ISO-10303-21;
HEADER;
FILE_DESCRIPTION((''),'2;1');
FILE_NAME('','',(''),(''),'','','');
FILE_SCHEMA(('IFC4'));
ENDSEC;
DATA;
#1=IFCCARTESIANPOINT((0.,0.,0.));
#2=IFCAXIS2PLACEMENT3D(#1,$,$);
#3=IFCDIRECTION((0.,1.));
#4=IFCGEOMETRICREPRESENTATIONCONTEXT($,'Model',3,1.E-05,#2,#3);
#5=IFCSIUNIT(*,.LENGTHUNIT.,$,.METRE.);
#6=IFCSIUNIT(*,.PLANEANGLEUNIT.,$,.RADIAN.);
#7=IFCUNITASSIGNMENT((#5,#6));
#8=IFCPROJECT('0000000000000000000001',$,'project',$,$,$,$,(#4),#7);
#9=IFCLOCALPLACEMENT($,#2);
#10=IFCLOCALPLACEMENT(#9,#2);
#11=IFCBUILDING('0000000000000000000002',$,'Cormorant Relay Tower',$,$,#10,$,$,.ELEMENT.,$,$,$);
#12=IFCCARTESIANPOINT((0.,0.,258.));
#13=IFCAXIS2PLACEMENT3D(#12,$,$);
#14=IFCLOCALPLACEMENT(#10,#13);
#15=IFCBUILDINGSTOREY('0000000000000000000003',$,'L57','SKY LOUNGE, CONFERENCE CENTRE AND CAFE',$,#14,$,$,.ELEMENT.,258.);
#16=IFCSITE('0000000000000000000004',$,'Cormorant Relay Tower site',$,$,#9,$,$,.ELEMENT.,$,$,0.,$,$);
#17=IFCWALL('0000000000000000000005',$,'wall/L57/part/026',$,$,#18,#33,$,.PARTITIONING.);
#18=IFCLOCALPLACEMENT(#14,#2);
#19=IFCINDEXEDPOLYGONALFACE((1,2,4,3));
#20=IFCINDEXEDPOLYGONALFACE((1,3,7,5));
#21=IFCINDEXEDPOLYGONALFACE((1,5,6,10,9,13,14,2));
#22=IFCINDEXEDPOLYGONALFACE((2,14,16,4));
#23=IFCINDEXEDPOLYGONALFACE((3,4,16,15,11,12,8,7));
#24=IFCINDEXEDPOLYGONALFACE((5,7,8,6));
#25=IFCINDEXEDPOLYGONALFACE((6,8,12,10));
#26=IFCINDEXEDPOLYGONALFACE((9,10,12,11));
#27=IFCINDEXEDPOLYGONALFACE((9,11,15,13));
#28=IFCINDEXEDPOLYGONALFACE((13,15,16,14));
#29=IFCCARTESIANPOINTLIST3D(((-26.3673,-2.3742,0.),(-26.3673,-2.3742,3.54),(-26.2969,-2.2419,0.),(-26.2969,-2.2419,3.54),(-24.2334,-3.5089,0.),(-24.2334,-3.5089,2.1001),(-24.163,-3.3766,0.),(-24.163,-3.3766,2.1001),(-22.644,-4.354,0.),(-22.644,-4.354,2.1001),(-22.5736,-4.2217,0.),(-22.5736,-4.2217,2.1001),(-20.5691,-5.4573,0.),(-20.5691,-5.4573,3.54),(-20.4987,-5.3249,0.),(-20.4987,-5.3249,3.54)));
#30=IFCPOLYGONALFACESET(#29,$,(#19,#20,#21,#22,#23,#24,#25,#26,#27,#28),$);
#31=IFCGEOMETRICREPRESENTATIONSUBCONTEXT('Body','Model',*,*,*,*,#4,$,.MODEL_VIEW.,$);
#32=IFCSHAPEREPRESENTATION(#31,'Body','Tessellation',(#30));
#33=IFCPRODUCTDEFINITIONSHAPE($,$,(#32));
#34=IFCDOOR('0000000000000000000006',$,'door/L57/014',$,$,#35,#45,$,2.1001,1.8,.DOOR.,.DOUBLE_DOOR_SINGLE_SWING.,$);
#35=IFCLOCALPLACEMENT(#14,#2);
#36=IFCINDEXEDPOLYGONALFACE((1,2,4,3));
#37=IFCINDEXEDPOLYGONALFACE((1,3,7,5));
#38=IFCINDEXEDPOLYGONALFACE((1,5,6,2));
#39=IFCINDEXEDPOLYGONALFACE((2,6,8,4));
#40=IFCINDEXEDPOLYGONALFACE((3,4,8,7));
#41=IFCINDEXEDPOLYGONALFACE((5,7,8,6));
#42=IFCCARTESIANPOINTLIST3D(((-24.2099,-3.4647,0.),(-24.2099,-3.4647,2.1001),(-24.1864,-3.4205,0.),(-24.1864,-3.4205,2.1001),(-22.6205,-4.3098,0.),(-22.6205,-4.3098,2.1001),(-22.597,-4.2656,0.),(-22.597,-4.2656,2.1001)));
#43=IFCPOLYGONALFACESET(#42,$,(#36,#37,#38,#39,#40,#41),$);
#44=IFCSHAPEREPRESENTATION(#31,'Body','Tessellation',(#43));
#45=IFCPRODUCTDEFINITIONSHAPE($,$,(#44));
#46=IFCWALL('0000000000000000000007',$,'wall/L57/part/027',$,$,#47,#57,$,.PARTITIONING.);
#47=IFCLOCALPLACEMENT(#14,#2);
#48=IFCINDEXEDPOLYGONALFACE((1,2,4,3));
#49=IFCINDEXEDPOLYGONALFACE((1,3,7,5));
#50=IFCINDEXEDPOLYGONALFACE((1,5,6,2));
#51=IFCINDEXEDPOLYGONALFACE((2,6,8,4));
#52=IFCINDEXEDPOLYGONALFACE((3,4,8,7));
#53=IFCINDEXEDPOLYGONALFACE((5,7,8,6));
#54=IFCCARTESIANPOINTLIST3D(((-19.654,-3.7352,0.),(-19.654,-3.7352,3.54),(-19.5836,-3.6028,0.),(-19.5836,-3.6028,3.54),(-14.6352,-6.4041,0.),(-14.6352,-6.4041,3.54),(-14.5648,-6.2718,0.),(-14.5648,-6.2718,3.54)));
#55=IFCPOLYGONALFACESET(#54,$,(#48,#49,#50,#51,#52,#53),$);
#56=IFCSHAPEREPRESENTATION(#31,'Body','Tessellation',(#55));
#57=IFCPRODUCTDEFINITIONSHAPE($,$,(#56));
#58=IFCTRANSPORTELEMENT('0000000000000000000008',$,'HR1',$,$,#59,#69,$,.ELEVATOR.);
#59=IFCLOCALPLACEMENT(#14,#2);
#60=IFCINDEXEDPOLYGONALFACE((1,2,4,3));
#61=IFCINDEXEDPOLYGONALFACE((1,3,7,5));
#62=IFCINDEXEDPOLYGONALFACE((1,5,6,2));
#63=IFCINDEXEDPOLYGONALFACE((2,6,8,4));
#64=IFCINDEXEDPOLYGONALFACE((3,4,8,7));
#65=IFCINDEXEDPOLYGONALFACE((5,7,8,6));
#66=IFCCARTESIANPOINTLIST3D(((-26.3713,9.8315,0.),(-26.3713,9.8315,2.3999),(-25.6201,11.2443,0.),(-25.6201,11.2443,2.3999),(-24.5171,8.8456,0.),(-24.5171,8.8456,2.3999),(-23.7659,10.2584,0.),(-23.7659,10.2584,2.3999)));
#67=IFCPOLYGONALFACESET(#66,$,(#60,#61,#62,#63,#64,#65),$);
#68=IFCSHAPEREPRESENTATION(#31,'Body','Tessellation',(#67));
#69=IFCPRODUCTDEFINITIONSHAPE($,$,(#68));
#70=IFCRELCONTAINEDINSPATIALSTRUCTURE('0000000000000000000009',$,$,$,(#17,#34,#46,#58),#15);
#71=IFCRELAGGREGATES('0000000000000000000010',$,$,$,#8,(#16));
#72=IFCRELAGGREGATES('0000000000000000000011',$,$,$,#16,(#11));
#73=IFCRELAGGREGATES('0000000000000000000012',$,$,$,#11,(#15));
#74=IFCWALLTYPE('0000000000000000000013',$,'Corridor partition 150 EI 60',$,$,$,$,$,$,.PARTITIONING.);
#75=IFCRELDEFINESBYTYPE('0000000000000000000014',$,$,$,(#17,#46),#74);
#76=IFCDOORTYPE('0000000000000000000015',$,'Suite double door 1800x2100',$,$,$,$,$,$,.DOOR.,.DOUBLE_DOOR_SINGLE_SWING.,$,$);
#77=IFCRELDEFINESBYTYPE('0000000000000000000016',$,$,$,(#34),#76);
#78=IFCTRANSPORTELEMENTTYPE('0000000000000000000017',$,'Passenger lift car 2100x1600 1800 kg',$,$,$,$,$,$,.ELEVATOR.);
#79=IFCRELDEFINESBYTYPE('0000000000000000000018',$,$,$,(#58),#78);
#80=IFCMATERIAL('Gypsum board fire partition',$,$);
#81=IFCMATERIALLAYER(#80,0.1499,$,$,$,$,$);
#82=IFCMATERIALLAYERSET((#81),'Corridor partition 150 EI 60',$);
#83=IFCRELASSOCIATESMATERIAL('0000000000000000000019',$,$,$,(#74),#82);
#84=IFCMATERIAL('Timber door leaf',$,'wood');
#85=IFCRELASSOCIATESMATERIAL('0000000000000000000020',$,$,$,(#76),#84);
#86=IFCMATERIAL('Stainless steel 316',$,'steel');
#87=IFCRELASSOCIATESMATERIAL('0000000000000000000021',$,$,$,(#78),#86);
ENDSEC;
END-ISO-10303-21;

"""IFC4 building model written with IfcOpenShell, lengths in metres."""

from ifc_helpers import new_model, si_unit, direction, frame, frame_2d, origin, origin_2d, place, context, subcontext, project, spatial, rectangle, extrude, material, layer, layer_set, type_object, element, fill, save


model = new_model("IFC4")

# Units and contexts
model_context = context("Model", 3, precision=1e-05, world=origin(), true_north=direction((0.0, 1.0)))
body_context = subcontext(model_context, "Body", "Model", "MODEL_VIEW")
ifc_project = project(units=[si_unit("LENGTHUNIT", "METRE"), si_unit("PLANEANGLEUNIT", "RADIAN")], contexts=[model_context])

# Site, building, storey
site_placement = place(None, origin())
site = spatial("IfcSite", under=ifc_project, at=site_placement, Name="Cormorant Relay Tower site", CompositionType="ELEMENT", RefElevation=0.0)
building_placement = place(site_placement, origin())
building = spatial("IfcBuilding", under=site, at=building_placement, Name="Cormorant Relay Tower", CompositionType="ELEMENT")
storey_placement = place(building_placement, frame((0.0, 0.0, 258.0)))
storey = spatial("IfcBuildingStorey", under=building, at=storey_placement, Name="L57", Description="SKY LOUNGE, CONFERENCE CENTRE AND CAFE", CompositionType="ELEMENT", Elevation=258.0)

# Shared definitions
ifc_material_1 = material(Name="Gypsum board fire partition")
ifc_layer_1 = layer(ifc_material_1, 0.1499)
ifc_layer_set_1 = layer_set([ifc_layer_1], Name="Corridor partition 150 EI 60")
wall_type_1 = type_object("IfcWallType", Name="Corridor partition 150 EI 60", PredefinedType="PARTITIONING", material=ifc_layer_set_1)

# Wall, opening, door
wall_1_placement = place(storey_placement, frame((-20.5339, -5.3911, 0.0), z_axis=(0.0, 0.0, 1.0), x_axis=(-0.882941, 0.469484, 0.0)))
wall_1 = element("IfcWall", 1, at=wall_1_placement, inside=storey, type_object=wall_type_1, Name="wall/L57/part/026", PredefinedType="PARTITIONING", context=body_context, shape_type="SweptSolid", body=[
    extrude(rectangle(XDim=6.5669, YDim=0.1499, at=frame_2d((3.2834, 0.0))), origin(), (0.0, 0.0, 1.0), 3.54),
])
opening_1_placement = place(wall_1_placement, frame((2.3501, 0.0, 0.0)))
opening_1 = element("IfcOpeningElement", 2, at=opening_1_placement, cuts=wall_1, PredefinedType="OPENING", context=body_context, shape_type="SweptSolid", body=[
    extrude(rectangle(XDim=1.8, YDim=2.1001, at=frame_2d((0.8999, 1.05))), frame((0.0, 0.085, 0.0), z_axis=(0.0, -1.0, 0.0), x_axis=(1.0, 0.0, 0.0)), (0.0, 0.0, 1.0), 0.1699),
])
ifc_material_2 = material(Name="Timber door leaf", Category="wood")
door_type_1 = type_object("IfcDoorType", Name="Suite double door 1800x2100", OperationType="DOUBLE_DOOR_SINGLE_SWING", PredefinedType="DOOR", material=ifc_material_2)
door_1_placement = place(opening_1_placement, origin())
door_1 = element("IfcDoor", 3, at=door_1_placement, inside=storey, type_object=door_type_1, Name="door/L57/014", OperationType="DOUBLE_DOOR_SINGLE_SWING", OverallHeight=2.1001, OverallWidth=1.8, PredefinedType="DOOR", context=body_context, shape_type="SweptSolid", body=[
    extrude(rectangle(XDim=1.8, YDim=2.1001, at=frame_2d((0.8999, 1.05))), frame((0.0, 0.0249, 0.0), z_axis=(0.0, -1.0, 0.0), x_axis=(1.0, 0.0, 0.0)), (0.0, 0.0, 1.0), 0.05),
])
fill(opening_1, door_1)

# Wall
wall_2_placement = place(storey_placement, frame((-19.6189, -3.6689, 0.0), z_axis=(0.0, 0.0, 1.0), x_axis=(0.882918, -0.469527, 0.0)))
element("IfcWall", 4, at=wall_2_placement, inside=storey, type_object=wall_type_1, Name="wall/L57/part/027", PredefinedType="PARTITIONING", context=body_context, shape_type="SweptSolid", body=[
    extrude(rectangle(XDim=5.6843, YDim=0.1499, at=frame_2d((2.8423, 0.0))), origin(), (0.0, 0.0, 1.0), 3.54),
])

# Transport element
ifc_material_3 = material(Name="Stainless steel 316", Category="steel")
transport_element_type = type_object("IfcTransportElementType", Name="Passenger lift car 2100x1600 1800 kg", PredefinedType="ELEVATOR", material=ifc_material_3)
transport_element_placement = place(storey_placement, frame((-25.0686, 10.0449, 0.0), z_axis=(0.0, 0.0, 1.0), x_axis=(-0.882948, 0.469472, 0.0)))
element("IfcTransportElement", 5, at=transport_element_placement, inside=storey, type_object=transport_element_type, Name="HR1", PredefinedType="ELEVATOR", context=body_context, shape_type="SweptSolid", body=[
    extrude(rectangle(XDim=2.1001, YDim=1.6001, at=origin_2d()), origin(), (0.0, 0.0, 1.0), 2.3999),
])

save(model, "model.ifc")
